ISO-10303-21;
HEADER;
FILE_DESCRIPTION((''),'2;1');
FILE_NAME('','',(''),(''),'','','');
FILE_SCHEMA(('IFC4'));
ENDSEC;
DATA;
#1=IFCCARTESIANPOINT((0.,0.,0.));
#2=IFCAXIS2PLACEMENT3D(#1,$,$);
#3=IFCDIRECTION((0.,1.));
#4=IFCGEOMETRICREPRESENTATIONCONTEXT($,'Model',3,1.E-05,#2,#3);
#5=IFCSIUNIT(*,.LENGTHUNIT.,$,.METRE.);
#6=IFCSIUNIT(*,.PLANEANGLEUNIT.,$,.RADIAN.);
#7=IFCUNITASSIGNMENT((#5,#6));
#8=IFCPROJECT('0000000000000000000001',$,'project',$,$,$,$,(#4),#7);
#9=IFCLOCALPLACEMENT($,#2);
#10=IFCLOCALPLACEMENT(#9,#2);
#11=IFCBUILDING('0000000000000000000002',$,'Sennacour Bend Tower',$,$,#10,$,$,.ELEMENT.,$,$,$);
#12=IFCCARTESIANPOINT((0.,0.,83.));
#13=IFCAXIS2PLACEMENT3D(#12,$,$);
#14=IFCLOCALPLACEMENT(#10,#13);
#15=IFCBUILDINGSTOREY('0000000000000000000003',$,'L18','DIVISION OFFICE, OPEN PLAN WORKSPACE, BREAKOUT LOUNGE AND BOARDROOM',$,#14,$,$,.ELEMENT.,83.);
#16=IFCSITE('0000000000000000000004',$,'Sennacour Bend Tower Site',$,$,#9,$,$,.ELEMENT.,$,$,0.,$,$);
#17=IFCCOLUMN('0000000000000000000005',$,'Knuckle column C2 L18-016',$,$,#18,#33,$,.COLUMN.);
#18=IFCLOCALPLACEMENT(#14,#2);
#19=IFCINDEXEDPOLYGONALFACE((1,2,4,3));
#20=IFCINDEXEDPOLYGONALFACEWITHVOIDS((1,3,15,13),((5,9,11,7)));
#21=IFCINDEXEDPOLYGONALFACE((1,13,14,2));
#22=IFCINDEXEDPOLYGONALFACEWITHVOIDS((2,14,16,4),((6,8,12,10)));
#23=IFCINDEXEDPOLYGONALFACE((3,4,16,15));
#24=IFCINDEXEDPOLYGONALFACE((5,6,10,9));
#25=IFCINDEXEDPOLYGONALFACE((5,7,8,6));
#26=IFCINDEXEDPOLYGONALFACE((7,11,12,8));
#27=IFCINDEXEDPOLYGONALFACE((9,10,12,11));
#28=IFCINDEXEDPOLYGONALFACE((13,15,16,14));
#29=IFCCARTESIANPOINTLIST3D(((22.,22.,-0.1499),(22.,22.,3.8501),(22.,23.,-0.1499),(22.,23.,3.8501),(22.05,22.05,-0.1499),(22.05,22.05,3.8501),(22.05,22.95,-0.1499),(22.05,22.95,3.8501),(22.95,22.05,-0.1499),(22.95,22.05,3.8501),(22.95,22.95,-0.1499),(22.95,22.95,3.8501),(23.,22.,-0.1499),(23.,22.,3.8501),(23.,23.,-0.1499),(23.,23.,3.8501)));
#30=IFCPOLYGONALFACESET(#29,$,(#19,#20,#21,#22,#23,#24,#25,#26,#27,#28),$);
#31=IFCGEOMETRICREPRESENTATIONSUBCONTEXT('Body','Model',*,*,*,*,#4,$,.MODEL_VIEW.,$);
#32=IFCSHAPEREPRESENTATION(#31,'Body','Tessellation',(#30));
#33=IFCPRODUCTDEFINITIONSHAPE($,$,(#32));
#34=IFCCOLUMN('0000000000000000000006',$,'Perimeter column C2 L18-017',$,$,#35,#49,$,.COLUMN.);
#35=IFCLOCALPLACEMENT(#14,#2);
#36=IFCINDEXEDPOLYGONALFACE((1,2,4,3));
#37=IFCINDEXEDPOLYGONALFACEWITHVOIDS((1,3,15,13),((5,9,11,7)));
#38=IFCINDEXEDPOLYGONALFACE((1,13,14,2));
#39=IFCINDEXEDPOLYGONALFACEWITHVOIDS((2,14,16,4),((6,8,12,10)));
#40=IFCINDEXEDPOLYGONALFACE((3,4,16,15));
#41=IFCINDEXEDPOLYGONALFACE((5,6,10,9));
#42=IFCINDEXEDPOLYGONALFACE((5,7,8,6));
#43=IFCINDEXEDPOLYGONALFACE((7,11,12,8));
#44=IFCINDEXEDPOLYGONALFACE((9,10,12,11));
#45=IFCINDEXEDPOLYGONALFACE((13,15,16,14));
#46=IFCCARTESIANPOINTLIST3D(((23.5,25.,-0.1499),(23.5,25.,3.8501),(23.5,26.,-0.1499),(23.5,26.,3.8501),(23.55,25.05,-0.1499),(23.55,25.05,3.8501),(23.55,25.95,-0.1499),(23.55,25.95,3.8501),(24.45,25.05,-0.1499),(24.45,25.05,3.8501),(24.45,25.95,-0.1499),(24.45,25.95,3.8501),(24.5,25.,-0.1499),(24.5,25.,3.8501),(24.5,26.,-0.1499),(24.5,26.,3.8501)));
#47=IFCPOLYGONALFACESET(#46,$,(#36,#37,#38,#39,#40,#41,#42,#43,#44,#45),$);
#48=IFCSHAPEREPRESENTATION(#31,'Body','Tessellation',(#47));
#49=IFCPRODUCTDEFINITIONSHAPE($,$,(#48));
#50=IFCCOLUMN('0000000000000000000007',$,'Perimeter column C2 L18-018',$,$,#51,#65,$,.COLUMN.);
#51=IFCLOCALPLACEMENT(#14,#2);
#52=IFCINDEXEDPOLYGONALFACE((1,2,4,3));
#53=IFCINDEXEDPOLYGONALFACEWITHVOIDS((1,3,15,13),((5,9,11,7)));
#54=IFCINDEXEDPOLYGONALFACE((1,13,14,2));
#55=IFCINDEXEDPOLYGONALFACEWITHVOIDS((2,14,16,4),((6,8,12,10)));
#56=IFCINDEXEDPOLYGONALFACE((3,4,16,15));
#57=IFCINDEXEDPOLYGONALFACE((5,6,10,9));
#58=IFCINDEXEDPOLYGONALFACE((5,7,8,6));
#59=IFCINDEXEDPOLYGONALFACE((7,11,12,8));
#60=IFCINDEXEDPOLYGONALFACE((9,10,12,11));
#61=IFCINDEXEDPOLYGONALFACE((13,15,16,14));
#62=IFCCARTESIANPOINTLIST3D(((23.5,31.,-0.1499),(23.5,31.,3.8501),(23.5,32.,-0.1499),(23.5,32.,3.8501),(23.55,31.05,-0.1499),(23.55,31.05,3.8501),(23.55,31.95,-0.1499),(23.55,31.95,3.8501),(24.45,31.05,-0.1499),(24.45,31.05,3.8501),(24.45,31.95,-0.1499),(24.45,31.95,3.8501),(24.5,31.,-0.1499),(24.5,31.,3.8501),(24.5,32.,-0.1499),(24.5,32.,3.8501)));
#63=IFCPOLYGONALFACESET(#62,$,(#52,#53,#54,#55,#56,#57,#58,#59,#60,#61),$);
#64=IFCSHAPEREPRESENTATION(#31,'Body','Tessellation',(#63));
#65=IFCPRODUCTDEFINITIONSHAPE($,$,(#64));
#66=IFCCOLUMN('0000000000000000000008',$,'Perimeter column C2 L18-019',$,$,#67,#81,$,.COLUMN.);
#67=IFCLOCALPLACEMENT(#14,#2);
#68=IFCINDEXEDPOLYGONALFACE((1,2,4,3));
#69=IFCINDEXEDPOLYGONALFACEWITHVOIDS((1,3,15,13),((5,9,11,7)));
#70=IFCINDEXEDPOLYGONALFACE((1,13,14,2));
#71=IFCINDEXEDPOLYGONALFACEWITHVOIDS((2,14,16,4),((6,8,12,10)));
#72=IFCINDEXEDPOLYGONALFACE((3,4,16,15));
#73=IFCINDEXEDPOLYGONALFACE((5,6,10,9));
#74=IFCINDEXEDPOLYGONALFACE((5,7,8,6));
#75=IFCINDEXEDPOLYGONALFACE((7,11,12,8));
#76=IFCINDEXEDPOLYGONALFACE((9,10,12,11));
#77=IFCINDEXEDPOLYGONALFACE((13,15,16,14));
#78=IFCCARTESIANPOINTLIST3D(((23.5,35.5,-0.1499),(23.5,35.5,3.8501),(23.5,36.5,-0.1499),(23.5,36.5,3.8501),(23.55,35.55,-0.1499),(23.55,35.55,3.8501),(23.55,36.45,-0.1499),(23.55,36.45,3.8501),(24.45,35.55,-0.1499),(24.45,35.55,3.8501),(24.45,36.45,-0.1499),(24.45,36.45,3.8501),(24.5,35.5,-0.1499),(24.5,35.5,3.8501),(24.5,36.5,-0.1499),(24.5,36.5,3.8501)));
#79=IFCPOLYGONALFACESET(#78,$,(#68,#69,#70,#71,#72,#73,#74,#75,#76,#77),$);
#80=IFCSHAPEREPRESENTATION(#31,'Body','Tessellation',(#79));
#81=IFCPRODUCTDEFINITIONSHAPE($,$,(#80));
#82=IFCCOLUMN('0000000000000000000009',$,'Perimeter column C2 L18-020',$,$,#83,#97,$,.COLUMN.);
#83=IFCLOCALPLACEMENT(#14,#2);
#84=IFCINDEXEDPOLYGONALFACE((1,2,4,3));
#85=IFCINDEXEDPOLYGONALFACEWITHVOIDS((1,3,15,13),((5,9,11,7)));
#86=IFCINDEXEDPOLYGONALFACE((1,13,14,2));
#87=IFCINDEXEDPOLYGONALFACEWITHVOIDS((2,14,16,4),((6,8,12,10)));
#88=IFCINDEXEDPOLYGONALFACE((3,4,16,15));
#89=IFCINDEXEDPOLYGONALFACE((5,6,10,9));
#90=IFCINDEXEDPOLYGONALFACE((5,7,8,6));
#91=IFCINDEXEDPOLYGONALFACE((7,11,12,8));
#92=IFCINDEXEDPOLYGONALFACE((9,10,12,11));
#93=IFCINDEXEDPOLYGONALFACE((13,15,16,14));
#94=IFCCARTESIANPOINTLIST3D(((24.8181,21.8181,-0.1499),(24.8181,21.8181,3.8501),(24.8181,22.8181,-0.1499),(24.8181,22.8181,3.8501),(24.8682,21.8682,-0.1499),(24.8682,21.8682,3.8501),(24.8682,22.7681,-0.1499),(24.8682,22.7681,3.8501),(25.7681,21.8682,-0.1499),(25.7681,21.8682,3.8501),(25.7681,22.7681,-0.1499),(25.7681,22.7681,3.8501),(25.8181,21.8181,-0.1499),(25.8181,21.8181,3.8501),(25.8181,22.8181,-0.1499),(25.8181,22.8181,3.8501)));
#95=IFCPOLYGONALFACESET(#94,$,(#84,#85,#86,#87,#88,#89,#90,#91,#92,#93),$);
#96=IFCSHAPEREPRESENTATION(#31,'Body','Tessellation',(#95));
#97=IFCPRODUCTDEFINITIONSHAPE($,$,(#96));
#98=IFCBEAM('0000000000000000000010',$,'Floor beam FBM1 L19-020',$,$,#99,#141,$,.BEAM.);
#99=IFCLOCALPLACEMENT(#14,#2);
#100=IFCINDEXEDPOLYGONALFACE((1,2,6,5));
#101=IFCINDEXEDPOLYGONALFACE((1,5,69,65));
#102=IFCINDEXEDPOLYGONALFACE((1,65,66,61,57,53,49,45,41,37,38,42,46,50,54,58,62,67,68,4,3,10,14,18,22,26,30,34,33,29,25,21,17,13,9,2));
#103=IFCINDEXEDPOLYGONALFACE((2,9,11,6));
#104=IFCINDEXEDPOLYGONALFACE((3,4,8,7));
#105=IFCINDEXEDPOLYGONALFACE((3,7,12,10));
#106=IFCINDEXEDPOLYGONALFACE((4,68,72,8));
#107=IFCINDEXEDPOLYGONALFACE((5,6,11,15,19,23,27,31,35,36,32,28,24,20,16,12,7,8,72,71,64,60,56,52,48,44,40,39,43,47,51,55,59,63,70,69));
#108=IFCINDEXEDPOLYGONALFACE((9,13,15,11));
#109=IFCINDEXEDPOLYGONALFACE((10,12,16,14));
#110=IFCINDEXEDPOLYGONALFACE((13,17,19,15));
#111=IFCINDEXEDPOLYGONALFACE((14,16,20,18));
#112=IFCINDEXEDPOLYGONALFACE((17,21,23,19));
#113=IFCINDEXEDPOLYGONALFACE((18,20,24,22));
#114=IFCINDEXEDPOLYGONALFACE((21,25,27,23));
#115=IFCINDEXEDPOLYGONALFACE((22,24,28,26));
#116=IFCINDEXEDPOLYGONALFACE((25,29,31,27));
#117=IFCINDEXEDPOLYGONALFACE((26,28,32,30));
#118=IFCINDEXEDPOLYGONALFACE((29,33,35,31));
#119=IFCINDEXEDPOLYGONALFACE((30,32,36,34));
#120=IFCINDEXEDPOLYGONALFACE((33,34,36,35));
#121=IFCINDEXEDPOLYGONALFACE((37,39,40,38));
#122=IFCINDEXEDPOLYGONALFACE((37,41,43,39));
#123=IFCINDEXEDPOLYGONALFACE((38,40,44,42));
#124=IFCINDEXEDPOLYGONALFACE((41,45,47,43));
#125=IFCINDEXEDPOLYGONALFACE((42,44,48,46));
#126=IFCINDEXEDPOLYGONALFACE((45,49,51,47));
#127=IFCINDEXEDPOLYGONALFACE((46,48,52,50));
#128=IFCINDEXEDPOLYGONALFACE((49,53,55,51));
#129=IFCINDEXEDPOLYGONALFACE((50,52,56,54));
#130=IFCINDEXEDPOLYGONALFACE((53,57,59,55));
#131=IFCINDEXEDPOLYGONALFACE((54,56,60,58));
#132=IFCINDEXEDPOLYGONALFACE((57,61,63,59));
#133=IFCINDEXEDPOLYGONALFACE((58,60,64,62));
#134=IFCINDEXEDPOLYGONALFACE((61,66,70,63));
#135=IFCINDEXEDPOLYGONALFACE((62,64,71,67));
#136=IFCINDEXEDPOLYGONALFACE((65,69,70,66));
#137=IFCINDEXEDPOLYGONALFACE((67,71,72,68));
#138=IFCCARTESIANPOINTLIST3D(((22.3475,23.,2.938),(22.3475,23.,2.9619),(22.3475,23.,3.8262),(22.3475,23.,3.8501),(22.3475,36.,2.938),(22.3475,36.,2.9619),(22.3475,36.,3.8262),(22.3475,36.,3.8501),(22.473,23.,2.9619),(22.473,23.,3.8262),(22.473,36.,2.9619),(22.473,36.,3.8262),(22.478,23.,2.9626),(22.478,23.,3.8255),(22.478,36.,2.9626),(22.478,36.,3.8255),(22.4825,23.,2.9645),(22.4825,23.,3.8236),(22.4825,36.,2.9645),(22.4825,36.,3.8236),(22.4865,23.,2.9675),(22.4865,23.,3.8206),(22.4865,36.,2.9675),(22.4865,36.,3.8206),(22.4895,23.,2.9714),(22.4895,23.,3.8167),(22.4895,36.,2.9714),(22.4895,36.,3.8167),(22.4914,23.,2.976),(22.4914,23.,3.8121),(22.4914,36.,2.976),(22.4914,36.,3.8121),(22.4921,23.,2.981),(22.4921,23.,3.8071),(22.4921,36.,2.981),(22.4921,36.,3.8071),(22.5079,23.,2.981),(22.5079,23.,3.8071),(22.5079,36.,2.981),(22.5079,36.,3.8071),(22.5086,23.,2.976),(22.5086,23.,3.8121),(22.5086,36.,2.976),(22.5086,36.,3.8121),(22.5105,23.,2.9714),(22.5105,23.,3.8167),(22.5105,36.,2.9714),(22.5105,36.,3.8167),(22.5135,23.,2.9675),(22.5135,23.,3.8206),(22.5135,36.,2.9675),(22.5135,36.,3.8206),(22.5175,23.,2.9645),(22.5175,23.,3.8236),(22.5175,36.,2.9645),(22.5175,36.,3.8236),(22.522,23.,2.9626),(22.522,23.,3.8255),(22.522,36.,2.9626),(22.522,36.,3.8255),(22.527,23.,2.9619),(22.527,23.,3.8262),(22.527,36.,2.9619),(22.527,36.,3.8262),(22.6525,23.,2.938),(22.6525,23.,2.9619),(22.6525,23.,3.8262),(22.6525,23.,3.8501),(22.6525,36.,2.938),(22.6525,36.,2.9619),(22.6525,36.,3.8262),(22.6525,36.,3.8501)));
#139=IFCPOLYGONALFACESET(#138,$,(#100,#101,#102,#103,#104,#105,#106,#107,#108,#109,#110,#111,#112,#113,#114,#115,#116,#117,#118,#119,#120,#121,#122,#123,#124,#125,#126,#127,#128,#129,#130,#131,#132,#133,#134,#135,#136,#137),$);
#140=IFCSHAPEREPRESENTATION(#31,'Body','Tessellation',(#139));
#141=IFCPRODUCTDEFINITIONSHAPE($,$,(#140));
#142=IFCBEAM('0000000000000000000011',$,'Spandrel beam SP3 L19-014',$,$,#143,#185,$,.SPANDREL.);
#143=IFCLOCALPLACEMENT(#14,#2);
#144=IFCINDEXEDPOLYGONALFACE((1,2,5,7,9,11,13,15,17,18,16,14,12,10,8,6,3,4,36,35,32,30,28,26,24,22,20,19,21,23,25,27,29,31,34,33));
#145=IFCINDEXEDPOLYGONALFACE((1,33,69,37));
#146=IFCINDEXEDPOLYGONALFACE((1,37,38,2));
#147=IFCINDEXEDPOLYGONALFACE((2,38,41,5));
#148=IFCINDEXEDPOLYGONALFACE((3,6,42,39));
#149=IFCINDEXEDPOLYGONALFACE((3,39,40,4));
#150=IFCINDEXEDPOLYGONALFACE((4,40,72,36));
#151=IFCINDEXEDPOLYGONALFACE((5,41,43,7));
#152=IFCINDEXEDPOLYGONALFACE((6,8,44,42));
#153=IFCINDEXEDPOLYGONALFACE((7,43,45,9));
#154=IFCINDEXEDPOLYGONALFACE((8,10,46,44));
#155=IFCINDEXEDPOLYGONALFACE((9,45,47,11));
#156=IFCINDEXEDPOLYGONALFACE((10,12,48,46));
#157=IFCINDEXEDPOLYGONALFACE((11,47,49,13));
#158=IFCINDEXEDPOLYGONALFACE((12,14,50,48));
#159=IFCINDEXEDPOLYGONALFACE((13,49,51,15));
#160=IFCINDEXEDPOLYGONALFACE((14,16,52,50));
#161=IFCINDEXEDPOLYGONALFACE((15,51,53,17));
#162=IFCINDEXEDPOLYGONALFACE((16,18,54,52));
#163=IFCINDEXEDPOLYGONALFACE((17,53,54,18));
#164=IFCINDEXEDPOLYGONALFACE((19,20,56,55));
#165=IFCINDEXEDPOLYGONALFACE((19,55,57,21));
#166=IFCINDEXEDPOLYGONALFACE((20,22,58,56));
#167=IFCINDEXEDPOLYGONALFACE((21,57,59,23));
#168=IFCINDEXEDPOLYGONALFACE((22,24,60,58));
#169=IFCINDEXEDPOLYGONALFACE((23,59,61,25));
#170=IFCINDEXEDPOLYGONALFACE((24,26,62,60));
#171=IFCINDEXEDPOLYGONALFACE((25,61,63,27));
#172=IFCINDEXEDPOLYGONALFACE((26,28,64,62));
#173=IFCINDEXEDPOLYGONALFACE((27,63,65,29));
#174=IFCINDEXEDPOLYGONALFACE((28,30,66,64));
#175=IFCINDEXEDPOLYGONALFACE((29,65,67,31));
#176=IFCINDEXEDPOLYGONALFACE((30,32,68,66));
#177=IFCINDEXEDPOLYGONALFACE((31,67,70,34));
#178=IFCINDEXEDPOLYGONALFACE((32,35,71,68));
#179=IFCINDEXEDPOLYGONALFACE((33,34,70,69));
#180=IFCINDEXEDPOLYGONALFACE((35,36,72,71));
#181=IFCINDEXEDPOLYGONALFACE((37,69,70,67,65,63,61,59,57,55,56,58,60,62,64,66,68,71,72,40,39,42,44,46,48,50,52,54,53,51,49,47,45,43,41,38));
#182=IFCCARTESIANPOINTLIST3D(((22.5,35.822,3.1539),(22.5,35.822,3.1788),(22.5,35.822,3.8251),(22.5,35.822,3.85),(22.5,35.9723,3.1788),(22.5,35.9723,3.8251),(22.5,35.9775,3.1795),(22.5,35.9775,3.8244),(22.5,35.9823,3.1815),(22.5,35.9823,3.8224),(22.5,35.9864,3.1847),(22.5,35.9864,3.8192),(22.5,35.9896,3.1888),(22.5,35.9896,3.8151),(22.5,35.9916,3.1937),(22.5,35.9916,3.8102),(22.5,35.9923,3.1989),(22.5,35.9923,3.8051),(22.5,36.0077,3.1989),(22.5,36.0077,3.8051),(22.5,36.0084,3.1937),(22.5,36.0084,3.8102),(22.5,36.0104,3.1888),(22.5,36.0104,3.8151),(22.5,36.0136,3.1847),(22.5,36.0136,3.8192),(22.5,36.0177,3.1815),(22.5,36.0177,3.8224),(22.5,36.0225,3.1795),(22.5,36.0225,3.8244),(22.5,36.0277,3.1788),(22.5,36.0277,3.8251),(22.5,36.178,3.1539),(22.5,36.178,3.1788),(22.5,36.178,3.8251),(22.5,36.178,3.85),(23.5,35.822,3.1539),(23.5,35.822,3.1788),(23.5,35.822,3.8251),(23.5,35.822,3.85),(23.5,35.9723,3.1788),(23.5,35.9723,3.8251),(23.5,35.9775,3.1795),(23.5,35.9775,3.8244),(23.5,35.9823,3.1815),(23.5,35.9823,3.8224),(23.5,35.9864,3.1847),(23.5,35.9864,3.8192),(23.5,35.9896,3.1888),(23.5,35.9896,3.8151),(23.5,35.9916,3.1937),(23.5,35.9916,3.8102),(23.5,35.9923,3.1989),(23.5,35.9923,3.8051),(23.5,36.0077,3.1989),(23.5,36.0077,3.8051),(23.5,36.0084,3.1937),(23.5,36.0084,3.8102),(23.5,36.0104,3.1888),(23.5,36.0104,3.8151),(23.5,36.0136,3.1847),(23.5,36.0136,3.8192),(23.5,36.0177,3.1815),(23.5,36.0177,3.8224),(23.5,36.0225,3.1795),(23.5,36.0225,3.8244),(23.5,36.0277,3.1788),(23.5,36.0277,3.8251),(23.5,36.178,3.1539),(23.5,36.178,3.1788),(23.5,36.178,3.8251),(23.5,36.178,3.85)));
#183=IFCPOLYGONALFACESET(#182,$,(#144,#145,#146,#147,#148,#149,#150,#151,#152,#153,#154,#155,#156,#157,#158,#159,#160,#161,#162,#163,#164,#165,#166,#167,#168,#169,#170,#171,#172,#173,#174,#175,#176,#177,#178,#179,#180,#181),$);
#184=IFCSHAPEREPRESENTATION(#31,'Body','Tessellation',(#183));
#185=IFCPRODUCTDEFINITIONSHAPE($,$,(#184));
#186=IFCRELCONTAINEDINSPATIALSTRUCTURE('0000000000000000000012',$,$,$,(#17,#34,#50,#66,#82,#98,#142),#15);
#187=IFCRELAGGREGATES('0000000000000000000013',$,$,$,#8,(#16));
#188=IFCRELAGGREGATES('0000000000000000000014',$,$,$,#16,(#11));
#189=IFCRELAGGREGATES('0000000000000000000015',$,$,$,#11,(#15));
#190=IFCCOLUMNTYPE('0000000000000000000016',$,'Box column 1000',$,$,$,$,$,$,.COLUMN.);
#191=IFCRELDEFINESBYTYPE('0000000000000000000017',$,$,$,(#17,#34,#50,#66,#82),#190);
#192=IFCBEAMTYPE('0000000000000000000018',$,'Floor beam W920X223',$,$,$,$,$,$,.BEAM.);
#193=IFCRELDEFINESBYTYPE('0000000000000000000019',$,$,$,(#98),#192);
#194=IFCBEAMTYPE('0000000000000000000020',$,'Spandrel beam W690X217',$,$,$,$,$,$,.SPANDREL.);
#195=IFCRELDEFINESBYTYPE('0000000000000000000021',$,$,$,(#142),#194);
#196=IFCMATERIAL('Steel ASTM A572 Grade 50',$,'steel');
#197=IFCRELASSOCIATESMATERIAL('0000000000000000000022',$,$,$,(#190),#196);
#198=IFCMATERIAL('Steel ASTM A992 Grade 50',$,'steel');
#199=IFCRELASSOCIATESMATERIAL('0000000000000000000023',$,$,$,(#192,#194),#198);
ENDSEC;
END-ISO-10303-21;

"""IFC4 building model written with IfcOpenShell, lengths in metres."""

from ifc_helpers import new_model, si_unit, direction, frame, origin, origin_2d, place, context, subcontext, project, spatial, hollow_rectangle, i_section, extrude, material, material_profile, profile_set, type_object, element, save


model = new_model("IFC4")

# Units and contexts
model_context = context("Model", 3, precision=1e-05, world=origin(), true_north=direction((0.0, 1.0)))
body_context = subcontext(model_context, "Body", "Model", "MODEL_VIEW")
ifc_project = project(units=[si_unit("LENGTHUNIT", "METRE"), si_unit("PLANEANGLEUNIT", "RADIAN")], contexts=[model_context])

# Site, building, storey
site_placement = place(None, origin())
site = spatial("IfcSite", under=ifc_project, at=site_placement, Name="Sennacour Bend Tower Site", CompositionType="ELEMENT", RefElevation=0.0)
building_placement = place(site_placement, origin())
building = spatial("IfcBuilding", under=site, at=building_placement, Name="Sennacour Bend Tower", CompositionType="ELEMENT")
storey_placement = place(building_placement, frame((0.0, 0.0, 83.0)))
storey = spatial("IfcBuildingStorey", under=building, at=storey_placement, Name="L18", Description="DIVISION OFFICE, OPEN PLAN WORKSPACE, BREAKOUT LOUNGE AND BOARDROOM", CompositionType="ELEMENT", Elevation=83.0)

# Columns
ifc_material_1 = material(Name="Steel ASTM A572 Grade 50", Category="steel")
ifc_material_profile_1 = material_profile(ifc_material_1, hollow_rectangle(XDim=1.0, YDim=1.0, WallThickness=0.05, at=origin_2d()), Name="Steel ASTM A572 Grade 50", Category="steel")
ifc_profile_set_1 = profile_set([ifc_material_profile_1], Name="Steel ASTM A572 Grade 50")
column_type = type_object("IfcColumnType", Name="Box column 1000", PredefinedType="COLUMN", material=ifc_profile_set_1)
for number, where, z_axis, x_axis, name in (
    (1, (22.5, 22.5, -0.1499), (0.0, 0.0, 1.0), (1.0, 0.0, 0.0), "Knuckle column C2 L18-016"),
    (2, (24.0, 25.5, -0.1499), (0.0, 0.0, 1.0), (1.0, 0.0, 0.0), "Perimeter column C2 L18-017"),
    (3, (24.0, 31.5, -0.1499), (0.0, 0.0, 1.0), (1.0, 0.0, 0.0), "Perimeter column C2 L18-018"),
    (4, (24.0, 36.0, -0.1499), (0.0, 0.0, 1.0), (1.0, 0.0, 0.0), "Perimeter column C2 L18-019"),
    (5, (25.3181, 22.3181, -0.1499), (0.0, 0.0, 1.0), (1.0, 0.0, 0.0), "Perimeter column C2 L18-020"),
):
    element("IfcColumn", number, at=place(storey_placement, frame(where, z_axis=z_axis, x_axis=x_axis)), inside=storey, type_object=column_type, Name=name, PredefinedType="COLUMN", context=body_context, shape_type="SweptSolid", body=[
        extrude(hollow_rectangle(XDim=1.0, YDim=1.0, WallThickness=0.05, at=origin_2d()), origin(), (0.0, 0.0, 1.0), 4.0),
    ])

# Beams
ifc_material_2 = material(Name="Steel ASTM A992 Grade 50", Category="steel")
ifc_material_profile_2 = material_profile(ifc_material_2, i_section(OverallWidth=0.3049, OverallDepth=0.9121, WebThickness=0.0159, FlangeThickness=0.0239, FilletRadius=0.019, at=origin_2d()), Name="Steel ASTM A992 Grade 50", Category="steel")
ifc_profile_set_2 = profile_set([ifc_material_profile_2], Name="Steel ASTM A992 Grade 50")
beam_type_1 = type_object("IfcBeamType", Name="Floor beam W920X223", PredefinedType="BEAM", material=ifc_profile_set_2)
beam_1_placement = place(storey_placement, frame((22.5, 23.0, 3.394), z_axis=(0.0, 1.0, 0.0), x_axis=(-1.0, 0.0, 0.0)))
element("IfcBeam", 6, at=beam_1_placement, inside=storey, type_object=beam_type_1, Name="Floor beam FBM1 L19-020", PredefinedType="BEAM", context=body_context, shape_type="SweptSolid", body=[
    extrude(i_section(OverallWidth=0.3049, OverallDepth=0.9121, WebThickness=0.0159, FlangeThickness=0.0239, FilletRadius=0.019, at=origin_2d()), origin(), (0.0, 0.0, 1.0), 13.0),
])
ifc_material_profile_3 = material_profile(ifc_material_2, i_section(OverallWidth=0.356, OverallDepth=0.696, WebThickness=0.0154, FlangeThickness=0.0249, FilletRadius=0.02, at=origin_2d()), Name="Steel ASTM A992 Grade 50", Category="steel")
ifc_profile_set_3 = profile_set([ifc_material_profile_3], Name="Steel ASTM A992 Grade 50")
beam_type_2 = type_object("IfcBeamType", Name="Spandrel beam W690X217", PredefinedType="SPANDREL", material=ifc_profile_set_3)
beam_2_placement = place(storey_placement, frame((22.5, 36.0, 3.502), z_axis=(1.0, 0.0, 0.0), x_axis=(0.0, 1.0, 0.0)))
element("IfcBeam", 7, at=beam_2_placement, inside=storey, type_object=beam_type_2, Name="Spandrel beam SP3 L19-014", PredefinedType="SPANDREL", context=body_context, shape_type="SweptSolid", body=[
    extrude(i_section(OverallWidth=0.356, OverallDepth=0.696, WebThickness=0.0154, FlangeThickness=0.0249, FilletRadius=0.02, at=origin_2d()), origin(), (0.0, 0.0, 1.0), 1.0),
])

save(model, "model.ifc")
